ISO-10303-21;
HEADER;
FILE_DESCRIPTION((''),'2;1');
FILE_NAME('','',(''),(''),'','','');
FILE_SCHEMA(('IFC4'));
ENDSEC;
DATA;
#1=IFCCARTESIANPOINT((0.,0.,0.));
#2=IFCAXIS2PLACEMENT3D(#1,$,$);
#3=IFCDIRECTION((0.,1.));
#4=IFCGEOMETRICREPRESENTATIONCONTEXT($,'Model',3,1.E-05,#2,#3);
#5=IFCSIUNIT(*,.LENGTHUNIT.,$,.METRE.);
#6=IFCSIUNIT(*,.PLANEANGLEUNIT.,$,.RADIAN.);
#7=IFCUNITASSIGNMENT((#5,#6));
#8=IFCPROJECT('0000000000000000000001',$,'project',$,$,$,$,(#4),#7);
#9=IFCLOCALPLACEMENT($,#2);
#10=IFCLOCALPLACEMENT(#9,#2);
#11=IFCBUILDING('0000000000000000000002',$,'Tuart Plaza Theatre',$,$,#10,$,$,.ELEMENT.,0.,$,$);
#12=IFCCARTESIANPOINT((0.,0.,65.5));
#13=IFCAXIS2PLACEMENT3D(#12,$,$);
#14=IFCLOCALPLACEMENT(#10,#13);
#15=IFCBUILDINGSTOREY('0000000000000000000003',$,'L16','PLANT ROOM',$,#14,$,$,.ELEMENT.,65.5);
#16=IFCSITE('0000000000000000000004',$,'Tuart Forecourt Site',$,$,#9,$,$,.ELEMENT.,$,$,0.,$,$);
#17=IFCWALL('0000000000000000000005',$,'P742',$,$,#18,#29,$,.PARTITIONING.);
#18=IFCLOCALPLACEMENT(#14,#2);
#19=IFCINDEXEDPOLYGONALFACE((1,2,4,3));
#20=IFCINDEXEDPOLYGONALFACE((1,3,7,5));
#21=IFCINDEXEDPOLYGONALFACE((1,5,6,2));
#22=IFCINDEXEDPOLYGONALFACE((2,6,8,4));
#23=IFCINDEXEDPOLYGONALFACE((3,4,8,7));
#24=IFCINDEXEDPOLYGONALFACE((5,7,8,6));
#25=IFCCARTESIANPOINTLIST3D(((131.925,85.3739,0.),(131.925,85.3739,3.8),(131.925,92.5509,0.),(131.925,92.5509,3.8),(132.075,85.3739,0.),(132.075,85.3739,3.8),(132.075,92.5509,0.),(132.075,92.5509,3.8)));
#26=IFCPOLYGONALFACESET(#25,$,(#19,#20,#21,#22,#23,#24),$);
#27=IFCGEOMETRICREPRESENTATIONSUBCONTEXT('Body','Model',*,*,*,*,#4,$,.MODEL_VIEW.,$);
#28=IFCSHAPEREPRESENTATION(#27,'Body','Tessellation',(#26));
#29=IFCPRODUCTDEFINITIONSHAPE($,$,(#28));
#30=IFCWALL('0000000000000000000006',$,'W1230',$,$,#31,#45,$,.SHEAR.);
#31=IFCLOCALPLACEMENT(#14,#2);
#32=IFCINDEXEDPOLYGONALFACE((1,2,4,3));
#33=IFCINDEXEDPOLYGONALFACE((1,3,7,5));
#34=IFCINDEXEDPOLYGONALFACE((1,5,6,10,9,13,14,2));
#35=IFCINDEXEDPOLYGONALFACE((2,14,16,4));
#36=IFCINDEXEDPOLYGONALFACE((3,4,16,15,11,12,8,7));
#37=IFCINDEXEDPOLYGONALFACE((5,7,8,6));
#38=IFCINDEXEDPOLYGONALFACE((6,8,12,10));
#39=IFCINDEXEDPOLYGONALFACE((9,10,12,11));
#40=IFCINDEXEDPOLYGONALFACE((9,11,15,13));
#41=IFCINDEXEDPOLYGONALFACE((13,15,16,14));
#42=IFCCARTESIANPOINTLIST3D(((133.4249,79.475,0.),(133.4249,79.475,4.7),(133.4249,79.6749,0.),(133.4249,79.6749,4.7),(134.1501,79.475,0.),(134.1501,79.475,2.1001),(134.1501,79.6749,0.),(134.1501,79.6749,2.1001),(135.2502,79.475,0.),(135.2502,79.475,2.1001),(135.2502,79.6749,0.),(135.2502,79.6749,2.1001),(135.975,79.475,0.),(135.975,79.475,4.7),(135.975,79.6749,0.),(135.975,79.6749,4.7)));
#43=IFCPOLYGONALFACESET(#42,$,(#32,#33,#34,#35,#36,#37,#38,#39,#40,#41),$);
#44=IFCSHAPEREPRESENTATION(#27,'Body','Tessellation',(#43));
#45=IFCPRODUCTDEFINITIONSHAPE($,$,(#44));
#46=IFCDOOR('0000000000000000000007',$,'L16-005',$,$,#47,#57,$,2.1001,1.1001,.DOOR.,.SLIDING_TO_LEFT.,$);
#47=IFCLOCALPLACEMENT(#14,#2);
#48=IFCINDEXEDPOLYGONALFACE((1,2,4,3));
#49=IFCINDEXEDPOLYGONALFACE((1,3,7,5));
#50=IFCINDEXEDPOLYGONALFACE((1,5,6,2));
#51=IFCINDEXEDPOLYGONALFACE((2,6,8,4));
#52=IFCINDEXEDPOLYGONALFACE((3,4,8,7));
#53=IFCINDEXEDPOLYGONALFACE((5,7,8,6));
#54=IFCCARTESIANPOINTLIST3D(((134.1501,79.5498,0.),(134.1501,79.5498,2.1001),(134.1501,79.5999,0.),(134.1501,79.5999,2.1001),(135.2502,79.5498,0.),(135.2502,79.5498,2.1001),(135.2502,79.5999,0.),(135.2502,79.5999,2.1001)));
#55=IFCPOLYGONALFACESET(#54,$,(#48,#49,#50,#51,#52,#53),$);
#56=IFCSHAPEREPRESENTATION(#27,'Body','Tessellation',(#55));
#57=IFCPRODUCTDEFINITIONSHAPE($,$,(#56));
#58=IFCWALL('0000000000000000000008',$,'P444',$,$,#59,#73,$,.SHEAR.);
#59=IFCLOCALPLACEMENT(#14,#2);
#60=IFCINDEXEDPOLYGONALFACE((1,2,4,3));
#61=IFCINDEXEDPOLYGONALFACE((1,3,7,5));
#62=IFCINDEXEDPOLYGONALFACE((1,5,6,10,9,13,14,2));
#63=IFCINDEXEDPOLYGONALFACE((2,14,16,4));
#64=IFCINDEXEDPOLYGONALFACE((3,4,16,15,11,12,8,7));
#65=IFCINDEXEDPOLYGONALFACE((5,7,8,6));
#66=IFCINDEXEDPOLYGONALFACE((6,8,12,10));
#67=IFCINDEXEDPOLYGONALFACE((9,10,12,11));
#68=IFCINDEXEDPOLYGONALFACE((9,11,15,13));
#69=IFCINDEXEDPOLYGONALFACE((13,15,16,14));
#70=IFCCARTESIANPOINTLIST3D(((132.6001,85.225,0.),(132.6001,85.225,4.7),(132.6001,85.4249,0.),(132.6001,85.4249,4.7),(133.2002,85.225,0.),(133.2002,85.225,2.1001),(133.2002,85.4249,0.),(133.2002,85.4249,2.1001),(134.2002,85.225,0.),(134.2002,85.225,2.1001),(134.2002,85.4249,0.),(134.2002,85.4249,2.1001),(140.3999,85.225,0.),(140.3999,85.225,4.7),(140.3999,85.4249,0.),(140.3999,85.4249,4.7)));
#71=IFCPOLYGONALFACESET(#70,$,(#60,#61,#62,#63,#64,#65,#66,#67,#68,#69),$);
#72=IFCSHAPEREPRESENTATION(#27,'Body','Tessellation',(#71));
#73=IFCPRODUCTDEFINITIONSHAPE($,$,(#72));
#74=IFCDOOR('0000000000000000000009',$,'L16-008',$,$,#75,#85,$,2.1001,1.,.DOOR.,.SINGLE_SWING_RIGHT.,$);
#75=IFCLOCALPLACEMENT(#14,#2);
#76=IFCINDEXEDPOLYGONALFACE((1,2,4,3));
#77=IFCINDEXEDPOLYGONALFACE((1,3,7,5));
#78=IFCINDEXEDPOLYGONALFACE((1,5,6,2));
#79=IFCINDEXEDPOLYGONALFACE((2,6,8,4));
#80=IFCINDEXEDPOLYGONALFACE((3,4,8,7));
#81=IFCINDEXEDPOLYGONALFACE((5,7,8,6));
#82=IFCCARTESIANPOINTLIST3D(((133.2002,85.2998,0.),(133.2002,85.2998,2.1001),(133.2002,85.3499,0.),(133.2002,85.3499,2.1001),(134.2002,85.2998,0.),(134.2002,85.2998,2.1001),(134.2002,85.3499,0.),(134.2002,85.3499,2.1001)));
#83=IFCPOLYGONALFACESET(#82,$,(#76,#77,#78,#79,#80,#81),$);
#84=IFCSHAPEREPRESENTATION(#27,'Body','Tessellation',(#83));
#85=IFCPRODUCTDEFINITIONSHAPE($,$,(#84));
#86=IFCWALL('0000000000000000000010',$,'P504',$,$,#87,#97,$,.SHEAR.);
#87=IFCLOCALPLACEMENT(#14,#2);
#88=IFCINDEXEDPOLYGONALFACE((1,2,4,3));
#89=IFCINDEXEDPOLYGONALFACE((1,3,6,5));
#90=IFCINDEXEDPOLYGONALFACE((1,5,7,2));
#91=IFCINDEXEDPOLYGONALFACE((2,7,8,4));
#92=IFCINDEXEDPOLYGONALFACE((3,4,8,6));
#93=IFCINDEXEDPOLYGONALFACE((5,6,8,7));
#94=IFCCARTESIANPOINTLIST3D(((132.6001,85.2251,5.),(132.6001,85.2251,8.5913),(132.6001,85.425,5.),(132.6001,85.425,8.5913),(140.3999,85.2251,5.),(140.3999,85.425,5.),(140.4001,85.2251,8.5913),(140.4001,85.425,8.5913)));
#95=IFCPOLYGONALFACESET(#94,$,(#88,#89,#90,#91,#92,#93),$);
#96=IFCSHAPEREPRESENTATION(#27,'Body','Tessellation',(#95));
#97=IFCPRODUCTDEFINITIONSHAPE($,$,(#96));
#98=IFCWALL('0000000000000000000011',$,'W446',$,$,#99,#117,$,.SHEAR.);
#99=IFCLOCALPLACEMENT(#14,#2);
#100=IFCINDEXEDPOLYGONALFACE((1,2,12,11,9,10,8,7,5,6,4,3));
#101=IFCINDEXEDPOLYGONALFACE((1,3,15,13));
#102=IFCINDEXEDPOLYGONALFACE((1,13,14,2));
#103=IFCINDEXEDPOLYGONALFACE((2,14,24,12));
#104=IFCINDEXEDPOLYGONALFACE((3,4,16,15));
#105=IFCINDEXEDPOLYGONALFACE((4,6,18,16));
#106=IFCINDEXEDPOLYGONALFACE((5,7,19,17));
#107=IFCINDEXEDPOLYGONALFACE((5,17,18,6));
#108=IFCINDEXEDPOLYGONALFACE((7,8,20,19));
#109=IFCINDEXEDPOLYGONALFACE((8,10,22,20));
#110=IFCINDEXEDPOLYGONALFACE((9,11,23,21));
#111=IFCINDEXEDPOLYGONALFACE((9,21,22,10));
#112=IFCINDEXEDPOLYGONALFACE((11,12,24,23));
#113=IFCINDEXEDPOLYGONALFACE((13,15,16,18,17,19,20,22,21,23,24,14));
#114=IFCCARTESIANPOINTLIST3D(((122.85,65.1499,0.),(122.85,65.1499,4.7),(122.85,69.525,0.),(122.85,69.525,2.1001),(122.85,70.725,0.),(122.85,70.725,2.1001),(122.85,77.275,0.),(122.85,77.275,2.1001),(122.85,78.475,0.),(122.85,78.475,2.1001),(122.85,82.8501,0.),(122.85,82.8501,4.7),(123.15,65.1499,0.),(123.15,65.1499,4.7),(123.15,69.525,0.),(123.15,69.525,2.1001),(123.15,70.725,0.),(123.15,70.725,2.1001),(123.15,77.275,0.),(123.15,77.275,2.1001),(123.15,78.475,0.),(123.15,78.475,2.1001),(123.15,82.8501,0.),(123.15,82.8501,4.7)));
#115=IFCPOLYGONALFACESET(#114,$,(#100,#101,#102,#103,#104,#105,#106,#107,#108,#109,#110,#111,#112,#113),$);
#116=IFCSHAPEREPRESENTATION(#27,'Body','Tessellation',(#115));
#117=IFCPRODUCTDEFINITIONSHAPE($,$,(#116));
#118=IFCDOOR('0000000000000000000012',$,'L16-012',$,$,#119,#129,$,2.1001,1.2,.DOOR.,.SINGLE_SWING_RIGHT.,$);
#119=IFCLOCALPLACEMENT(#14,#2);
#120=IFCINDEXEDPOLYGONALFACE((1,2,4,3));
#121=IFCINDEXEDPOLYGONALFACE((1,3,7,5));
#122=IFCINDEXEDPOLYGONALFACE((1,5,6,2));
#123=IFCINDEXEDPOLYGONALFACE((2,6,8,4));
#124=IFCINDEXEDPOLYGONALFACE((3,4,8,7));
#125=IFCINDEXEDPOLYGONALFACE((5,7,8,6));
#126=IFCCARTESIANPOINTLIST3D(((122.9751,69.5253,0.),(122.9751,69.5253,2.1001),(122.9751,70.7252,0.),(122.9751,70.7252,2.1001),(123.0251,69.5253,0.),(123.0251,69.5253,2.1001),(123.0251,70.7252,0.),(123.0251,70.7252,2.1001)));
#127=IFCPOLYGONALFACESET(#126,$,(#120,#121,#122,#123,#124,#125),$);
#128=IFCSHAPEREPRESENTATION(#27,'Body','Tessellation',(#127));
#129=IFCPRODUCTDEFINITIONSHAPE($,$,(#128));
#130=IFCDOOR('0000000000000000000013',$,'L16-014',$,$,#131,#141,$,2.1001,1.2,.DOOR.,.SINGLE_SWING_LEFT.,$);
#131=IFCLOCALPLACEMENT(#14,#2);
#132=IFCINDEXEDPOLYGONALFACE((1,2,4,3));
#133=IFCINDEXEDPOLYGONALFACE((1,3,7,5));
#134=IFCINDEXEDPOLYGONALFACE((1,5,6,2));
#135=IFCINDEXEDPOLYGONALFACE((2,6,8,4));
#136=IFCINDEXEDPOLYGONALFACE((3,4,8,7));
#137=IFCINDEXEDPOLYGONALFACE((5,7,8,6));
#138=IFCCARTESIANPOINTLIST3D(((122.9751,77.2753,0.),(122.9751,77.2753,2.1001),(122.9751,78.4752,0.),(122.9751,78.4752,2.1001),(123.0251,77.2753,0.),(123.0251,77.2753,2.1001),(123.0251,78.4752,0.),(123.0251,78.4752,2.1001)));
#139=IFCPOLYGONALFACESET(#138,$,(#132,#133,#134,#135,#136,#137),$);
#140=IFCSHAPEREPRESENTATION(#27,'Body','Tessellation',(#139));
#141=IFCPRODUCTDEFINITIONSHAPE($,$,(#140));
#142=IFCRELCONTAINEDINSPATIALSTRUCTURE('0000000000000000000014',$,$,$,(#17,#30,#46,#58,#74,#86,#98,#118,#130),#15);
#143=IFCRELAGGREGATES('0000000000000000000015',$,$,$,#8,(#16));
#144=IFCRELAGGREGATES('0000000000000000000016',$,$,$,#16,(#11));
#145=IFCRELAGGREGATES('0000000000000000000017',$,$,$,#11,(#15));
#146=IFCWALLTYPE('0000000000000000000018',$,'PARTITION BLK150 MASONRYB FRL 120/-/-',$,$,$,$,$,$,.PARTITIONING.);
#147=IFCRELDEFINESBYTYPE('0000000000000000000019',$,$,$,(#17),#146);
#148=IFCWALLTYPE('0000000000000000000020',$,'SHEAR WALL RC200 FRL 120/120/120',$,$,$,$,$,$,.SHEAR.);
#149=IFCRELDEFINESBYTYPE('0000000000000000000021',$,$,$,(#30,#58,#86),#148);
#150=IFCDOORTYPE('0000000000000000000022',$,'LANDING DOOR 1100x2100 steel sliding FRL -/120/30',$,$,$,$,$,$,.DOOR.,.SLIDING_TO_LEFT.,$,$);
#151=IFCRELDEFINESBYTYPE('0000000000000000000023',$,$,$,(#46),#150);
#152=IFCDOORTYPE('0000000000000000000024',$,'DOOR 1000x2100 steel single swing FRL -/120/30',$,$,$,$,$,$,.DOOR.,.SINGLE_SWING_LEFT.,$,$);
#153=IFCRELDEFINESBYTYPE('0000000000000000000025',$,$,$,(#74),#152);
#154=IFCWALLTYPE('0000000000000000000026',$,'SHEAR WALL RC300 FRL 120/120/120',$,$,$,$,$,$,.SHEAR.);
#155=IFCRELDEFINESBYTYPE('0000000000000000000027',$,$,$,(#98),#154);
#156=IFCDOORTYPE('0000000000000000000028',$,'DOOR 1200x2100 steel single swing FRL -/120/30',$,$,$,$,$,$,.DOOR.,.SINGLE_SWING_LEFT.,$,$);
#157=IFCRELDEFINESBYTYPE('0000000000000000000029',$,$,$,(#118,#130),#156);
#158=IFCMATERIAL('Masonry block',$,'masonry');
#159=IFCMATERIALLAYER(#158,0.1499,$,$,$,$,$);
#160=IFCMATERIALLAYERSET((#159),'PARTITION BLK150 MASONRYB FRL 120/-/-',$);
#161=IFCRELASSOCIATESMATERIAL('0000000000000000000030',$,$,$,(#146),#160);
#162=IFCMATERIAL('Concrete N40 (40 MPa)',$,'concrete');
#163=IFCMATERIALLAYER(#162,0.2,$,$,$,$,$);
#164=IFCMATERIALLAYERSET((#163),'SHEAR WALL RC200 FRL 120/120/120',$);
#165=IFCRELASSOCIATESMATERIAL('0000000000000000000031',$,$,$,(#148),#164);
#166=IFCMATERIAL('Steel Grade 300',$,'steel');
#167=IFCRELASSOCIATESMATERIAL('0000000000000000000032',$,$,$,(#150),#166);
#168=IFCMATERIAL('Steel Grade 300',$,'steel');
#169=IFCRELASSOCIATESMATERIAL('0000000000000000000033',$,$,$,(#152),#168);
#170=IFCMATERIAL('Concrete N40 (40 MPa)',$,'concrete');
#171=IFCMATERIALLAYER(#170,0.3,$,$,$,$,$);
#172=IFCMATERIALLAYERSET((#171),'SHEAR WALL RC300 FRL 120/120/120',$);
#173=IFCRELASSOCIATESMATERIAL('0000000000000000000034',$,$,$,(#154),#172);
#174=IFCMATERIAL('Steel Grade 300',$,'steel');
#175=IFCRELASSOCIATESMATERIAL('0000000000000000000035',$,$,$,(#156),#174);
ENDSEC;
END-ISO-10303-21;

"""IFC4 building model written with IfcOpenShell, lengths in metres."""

from ifc_helpers import new_model, si_unit, direction, frame, frame_2d, origin, place, context, subcontext, project, spatial, polyline, rectangle, outline, extrude, material, layer, layer_set, type_object, element, fill, save


model = new_model("IFC4")

# Units and contexts
model_context = context("Model", 3, precision=1e-05, world=origin(), true_north=direction((0.0, 1.0)))
body_context = subcontext(model_context, "Body", "Model", "MODEL_VIEW")
ifc_project = project(units=[si_unit("LENGTHUNIT", "METRE"), si_unit("PLANEANGLEUNIT", "RADIAN")], contexts=[model_context])

# Site, building, storey
site_placement = place(None, origin())
site = spatial("IfcSite", under=ifc_project, at=site_placement, Name="Tuart Forecourt Site", CompositionType="ELEMENT", RefElevation=0.0)
building_placement = place(site_placement, origin())
building = spatial("IfcBuilding", under=site, at=building_placement, Name="Tuart Plaza Theatre", CompositionType="ELEMENT", ElevationOfRefHeight=0.0)
storey_placement = place(building_placement, frame((0.0, 0.0, 65.5)))
storey = spatial("IfcBuildingStorey", under=building, at=storey_placement, Name="L16", Description="PLANT ROOM", CompositionType="ELEMENT", Elevation=65.5)

# Wall
ifc_material_1 = material(Name="Masonry block", Category="masonry")
ifc_layer_1 = layer(ifc_material_1, 0.1499)
ifc_layer_set_1 = layer_set([ifc_layer_1], Name="PARTITION BLK150 MASONRYB FRL 120/-/-")
wall_type_1 = type_object("IfcWallType", Name="PARTITION BLK150 MASONRYB FRL 120/-/-", PredefinedType="PARTITIONING", material=ifc_layer_set_1)
wall_1_placement = place(storey_placement, frame((132.0, 85.374, 0.0), z_axis=(0.0, 0.0, 1.0), x_axis=(0.0, 1.0, 0.0)))
element("IfcWall", 1, at=wall_1_placement, inside=storey, type_object=wall_type_1, Name="P742", PredefinedType="PARTITIONING", context=body_context, shape_type="SweptSolid", body=[
    extrude(rectangle(XDim=7.177, YDim=0.1499, at=frame_2d((3.5884, 0.0))), origin(), (0.0, 0.0, 1.0), 3.8),
])

# Walls, openings, doors
ifc_material_2 = material(Name="Concrete N40 (40 MPa)", Category="concrete")
ifc_layer_2 = layer(ifc_material_2, 0.2)
ifc_layer_set_2 = layer_set([ifc_layer_2], Name="SHEAR WALL RC200 FRL 120/120/120")
wall_type_2 = type_object("IfcWallType", Name="SHEAR WALL RC200 FRL 120/120/120", PredefinedType="SHEAR", material=ifc_layer_set_2)
wall_2_placement = place(storey_placement, frame((133.425, 79.575, 0.0), z_axis=(0.0, 0.0, 1.0), x_axis=(1.0, 0.0, 0.0)))
wall_2 = element("IfcWall", 2, at=wall_2_placement, inside=storey, type_object=wall_type_2, Name="W1230", PredefinedType="SHEAR", context=body_context, shape_type="SweptSolid", body=[
    extrude(rectangle(XDim=2.55, YDim=0.2, at=frame_2d((1.2749, 0.0))), origin(), (0.0, 0.0, 1.0), 4.7),
])
opening_1_placement = place(wall_2_placement, frame((0.7251, 0.0, 0.0)))
opening_1 = element("IfcOpeningElement", 3, at=opening_1_placement, cuts=wall_2, PredefinedType="OPENING", context=body_context, shape_type="SweptSolid", body=[
    extrude(rectangle(XDim=1.1001, YDim=2.1001, at=frame_2d((0.55, 1.05))), frame((0.0, 0.1099, 0.0), z_axis=(0.0, -1.0, 0.0), x_axis=(1.0, 0.0, 0.0)), (0.0, 0.0, 1.0), 0.22),
])
ifc_material_3 = material(Name="Steel Grade 300", Category="steel")
door_type_1 = type_object("IfcDoorType", Name="LANDING DOOR 1100x2100 steel sliding FRL -/120/30", OperationType="SLIDING_TO_LEFT", PredefinedType="DOOR", material=ifc_material_3)
door_1_placement = place(opening_1_placement, origin())
door_1 = element("IfcDoor", 4, at=door_1_placement, inside=storey, type_object=door_type_1, Name="L16-005", OperationType="SLIDING_TO_LEFT", OverallHeight=2.1001, OverallWidth=1.1001, PredefinedType="DOOR", context=body_context, shape_type="SweptSolid", body=[
    extrude(rectangle(XDim=1.1001, YDim=2.1001, at=frame_2d((0.55, 1.05))), frame((0.0, 0.0249, 0.0), z_axis=(0.0, -1.0, 0.0), x_axis=(1.0, 0.0, 0.0)), (0.0, 0.0, 1.0), 0.05),
])
fill(opening_1, door_1)
wall_3_placement = place(storey_placement, frame((132.6001, 85.325, 0.0), z_axis=(0.0, 0.0, 1.0), x_axis=(1.0, 0.0, 0.0)))
wall_3 = element("IfcWall", 5, at=wall_3_placement, inside=storey, type_object=wall_type_2, Name="P444", PredefinedType="SHEAR", context=body_context, shape_type="SweptSolid", body=[
    extrude(rectangle(XDim=7.7998, YDim=0.2, at=frame_2d((3.8999, 0.0))), origin(), (0.0, 0.0, 1.0), 4.7),
])
opening_2_placement = place(wall_3_placement, frame((0.6001, 0.0, 0.0)))
opening_2 = element("IfcOpeningElement", 6, at=opening_2_placement, cuts=wall_3, PredefinedType="OPENING", context=body_context, shape_type="SweptSolid", body=[
    extrude(rectangle(XDim=1.0, YDim=2.1001, at=frame_2d((0.5, 1.05))), frame((0.0, 0.1099, 0.0), z_axis=(0.0, -1.0, 0.0), x_axis=(1.0, 0.0, 0.0)), (0.0, 0.0, 1.0), 0.22),
])
ifc_material_4 = material(Name="Steel Grade 300", Category="steel")
door_type_2 = type_object("IfcDoorType", Name="DOOR 1000x2100 steel single swing FRL -/120/30", OperationType="SINGLE_SWING_LEFT", PredefinedType="DOOR", material=ifc_material_4)
door_2_placement = place(opening_2_placement, origin())
door_2 = element("IfcDoor", 7, at=door_2_placement, inside=storey, type_object=door_type_2, Name="L16-008", OperationType="SINGLE_SWING_RIGHT", OverallHeight=2.1001, OverallWidth=1.0, PredefinedType="DOOR", context=body_context, shape_type="SweptSolid", body=[
    extrude(rectangle(XDim=1.0, YDim=2.1001, at=frame_2d((0.5, 1.05))), frame((0.0, 0.0249, 0.0), z_axis=(0.0, -1.0, 0.0), x_axis=(1.0, 0.0, 0.0)), (0.0, 0.0, 1.0), 0.05),
])
fill(opening_2, door_2)

# Wall
wall_4_placement = place(storey_placement, frame((132.6001, 85.325, 5.0), z_axis=(0.0, 0.0, 1.0), x_axis=(1.0, 0.0, 0.0)))
element("IfcWall", 8, at=wall_4_placement, inside=storey, type_object=wall_type_2, Name="P504", PredefinedType="SHEAR", context=body_context, shape_type="SweptSolid", body=[
    extrude(outline(polyline([(0.0, 0.0), (7.7998, 0.0), (7.8, 3.5913), (0.0, 3.5913), (0.0, 0.0)])), frame((0.0, 0.1001, 0.0), z_axis=(0.0, -1.0, 0.0), x_axis=(1.0, 0.0, 0.0)), (0.0, 0.0, 1.0), 0.2),
])

# Wall, openings, doors
ifc_material_5 = material(Name="Concrete N40 (40 MPa)", Category="concrete")
ifc_layer_3 = layer(ifc_material_5, 0.3)
ifc_layer_set_3 = layer_set([ifc_layer_3], Name="SHEAR WALL RC300 FRL 120/120/120")
wall_type_3 = type_object("IfcWallType", Name="SHEAR WALL RC300 FRL 120/120/120", PredefinedType="SHEAR", material=ifc_layer_set_3)
wall_5_placement = place(storey_placement, frame((123.0, 82.8501, 0.0), z_axis=(0.0, 0.0, 1.0), x_axis=(0.0, -1.0, 0.0)))
wall_5 = element("IfcWall", 9, at=wall_5_placement, inside=storey, type_object=wall_type_3, Name="W446", PredefinedType="SHEAR", context=body_context, shape_type="SweptSolid", body=[
    extrude(rectangle(XDim=17.7002, YDim=0.3, at=frame_2d((8.8501, 0.0))), origin(), (0.0, 0.0, 1.0), 4.7),
])
opening_3_placement = place(wall_5_placement, frame((12.125, 0.0, 0.0)))
opening_3 = element("IfcOpeningElement", 10, at=opening_3_placement, cuts=wall_5, PredefinedType="OPENING", context=body_context, shape_type="SweptSolid", body=[
    extrude(rectangle(XDim=1.2, YDim=2.1001, at=frame_2d((0.6001, 1.05))), frame((0.0, 0.1599, 0.0), z_axis=(0.0, -1.0, 0.0), x_axis=(1.0, 0.0, 0.0)), (0.0, 0.0, 1.0), 0.3201),
])
opening_4_placement = place(wall_5_placement, frame((4.375, 0.0, 0.0)))
opening_4 = element("IfcOpeningElement", 11, at=opening_4_placement, cuts=wall_5, PredefinedType="OPENING", context=body_context, shape_type="SweptSolid", body=[
    extrude(rectangle(XDim=1.2, YDim=2.1001, at=frame_2d((0.6001, 1.05))), frame((0.0, 0.1599, 0.0), z_axis=(0.0, -1.0, 0.0), x_axis=(1.0, 0.0, 0.0)), (0.0, 0.0, 1.0), 0.3201),
])
ifc_material_6 = material(Name="Steel Grade 300", Category="steel")
door_type_3 = type_object("IfcDoorType", Name="DOOR 1200x2100 steel single swing FRL -/120/30", OperationType="SINGLE_SWING_LEFT", PredefinedType="DOOR", material=ifc_material_6)
door_3_placement = place(opening_3_placement, frame((1.2, 0.0, 0.0), z_axis=(0.0, 0.0, 1.0), x_axis=(-1.0, 0.0, 0.0)))
door_3 = element("IfcDoor", 12, at=door_3_placement, inside=storey, type_object=door_type_3, Name="L16-012", OperationType="SINGLE_SWING_RIGHT", OverallHeight=2.1001, OverallWidth=1.2, PredefinedType="DOOR", context=body_context, shape_type="SweptSolid", body=[
    extrude(rectangle(XDim=1.2, YDim=2.1001, at=frame_2d((0.6001, 1.05))), frame((0.0, 0.0249, 0.0), z_axis=(0.0, -1.0, 0.0), x_axis=(1.0, 0.0, 0.0)), (0.0, 0.0, 1.0), 0.05),
])
fill(opening_3, door_3)
door_4_placement = place(opening_4_placement, frame((1.2, 0.0, 0.0), z_axis=(0.0, 0.0, 1.0), x_axis=(-1.0, 0.0, 0.0)))
door_4 = element("IfcDoor", 13, at=door_4_placement, inside=storey, type_object=door_type_3, Name="L16-014", OperationType="SINGLE_SWING_LEFT", OverallHeight=2.1001, OverallWidth=1.2, PredefinedType="DOOR", context=body_context, shape_type="SweptSolid", body=[
    extrude(rectangle(XDim=1.2, YDim=2.1001, at=frame_2d((0.6001, 1.05))), frame((0.0, 0.0249, 0.0), z_axis=(0.0, -1.0, 0.0), x_axis=(1.0, 0.0, 0.0)), (0.0, 0.0, 1.0), 0.05),
])
fill(opening_4, door_4)

save(model, "model.ifc")
